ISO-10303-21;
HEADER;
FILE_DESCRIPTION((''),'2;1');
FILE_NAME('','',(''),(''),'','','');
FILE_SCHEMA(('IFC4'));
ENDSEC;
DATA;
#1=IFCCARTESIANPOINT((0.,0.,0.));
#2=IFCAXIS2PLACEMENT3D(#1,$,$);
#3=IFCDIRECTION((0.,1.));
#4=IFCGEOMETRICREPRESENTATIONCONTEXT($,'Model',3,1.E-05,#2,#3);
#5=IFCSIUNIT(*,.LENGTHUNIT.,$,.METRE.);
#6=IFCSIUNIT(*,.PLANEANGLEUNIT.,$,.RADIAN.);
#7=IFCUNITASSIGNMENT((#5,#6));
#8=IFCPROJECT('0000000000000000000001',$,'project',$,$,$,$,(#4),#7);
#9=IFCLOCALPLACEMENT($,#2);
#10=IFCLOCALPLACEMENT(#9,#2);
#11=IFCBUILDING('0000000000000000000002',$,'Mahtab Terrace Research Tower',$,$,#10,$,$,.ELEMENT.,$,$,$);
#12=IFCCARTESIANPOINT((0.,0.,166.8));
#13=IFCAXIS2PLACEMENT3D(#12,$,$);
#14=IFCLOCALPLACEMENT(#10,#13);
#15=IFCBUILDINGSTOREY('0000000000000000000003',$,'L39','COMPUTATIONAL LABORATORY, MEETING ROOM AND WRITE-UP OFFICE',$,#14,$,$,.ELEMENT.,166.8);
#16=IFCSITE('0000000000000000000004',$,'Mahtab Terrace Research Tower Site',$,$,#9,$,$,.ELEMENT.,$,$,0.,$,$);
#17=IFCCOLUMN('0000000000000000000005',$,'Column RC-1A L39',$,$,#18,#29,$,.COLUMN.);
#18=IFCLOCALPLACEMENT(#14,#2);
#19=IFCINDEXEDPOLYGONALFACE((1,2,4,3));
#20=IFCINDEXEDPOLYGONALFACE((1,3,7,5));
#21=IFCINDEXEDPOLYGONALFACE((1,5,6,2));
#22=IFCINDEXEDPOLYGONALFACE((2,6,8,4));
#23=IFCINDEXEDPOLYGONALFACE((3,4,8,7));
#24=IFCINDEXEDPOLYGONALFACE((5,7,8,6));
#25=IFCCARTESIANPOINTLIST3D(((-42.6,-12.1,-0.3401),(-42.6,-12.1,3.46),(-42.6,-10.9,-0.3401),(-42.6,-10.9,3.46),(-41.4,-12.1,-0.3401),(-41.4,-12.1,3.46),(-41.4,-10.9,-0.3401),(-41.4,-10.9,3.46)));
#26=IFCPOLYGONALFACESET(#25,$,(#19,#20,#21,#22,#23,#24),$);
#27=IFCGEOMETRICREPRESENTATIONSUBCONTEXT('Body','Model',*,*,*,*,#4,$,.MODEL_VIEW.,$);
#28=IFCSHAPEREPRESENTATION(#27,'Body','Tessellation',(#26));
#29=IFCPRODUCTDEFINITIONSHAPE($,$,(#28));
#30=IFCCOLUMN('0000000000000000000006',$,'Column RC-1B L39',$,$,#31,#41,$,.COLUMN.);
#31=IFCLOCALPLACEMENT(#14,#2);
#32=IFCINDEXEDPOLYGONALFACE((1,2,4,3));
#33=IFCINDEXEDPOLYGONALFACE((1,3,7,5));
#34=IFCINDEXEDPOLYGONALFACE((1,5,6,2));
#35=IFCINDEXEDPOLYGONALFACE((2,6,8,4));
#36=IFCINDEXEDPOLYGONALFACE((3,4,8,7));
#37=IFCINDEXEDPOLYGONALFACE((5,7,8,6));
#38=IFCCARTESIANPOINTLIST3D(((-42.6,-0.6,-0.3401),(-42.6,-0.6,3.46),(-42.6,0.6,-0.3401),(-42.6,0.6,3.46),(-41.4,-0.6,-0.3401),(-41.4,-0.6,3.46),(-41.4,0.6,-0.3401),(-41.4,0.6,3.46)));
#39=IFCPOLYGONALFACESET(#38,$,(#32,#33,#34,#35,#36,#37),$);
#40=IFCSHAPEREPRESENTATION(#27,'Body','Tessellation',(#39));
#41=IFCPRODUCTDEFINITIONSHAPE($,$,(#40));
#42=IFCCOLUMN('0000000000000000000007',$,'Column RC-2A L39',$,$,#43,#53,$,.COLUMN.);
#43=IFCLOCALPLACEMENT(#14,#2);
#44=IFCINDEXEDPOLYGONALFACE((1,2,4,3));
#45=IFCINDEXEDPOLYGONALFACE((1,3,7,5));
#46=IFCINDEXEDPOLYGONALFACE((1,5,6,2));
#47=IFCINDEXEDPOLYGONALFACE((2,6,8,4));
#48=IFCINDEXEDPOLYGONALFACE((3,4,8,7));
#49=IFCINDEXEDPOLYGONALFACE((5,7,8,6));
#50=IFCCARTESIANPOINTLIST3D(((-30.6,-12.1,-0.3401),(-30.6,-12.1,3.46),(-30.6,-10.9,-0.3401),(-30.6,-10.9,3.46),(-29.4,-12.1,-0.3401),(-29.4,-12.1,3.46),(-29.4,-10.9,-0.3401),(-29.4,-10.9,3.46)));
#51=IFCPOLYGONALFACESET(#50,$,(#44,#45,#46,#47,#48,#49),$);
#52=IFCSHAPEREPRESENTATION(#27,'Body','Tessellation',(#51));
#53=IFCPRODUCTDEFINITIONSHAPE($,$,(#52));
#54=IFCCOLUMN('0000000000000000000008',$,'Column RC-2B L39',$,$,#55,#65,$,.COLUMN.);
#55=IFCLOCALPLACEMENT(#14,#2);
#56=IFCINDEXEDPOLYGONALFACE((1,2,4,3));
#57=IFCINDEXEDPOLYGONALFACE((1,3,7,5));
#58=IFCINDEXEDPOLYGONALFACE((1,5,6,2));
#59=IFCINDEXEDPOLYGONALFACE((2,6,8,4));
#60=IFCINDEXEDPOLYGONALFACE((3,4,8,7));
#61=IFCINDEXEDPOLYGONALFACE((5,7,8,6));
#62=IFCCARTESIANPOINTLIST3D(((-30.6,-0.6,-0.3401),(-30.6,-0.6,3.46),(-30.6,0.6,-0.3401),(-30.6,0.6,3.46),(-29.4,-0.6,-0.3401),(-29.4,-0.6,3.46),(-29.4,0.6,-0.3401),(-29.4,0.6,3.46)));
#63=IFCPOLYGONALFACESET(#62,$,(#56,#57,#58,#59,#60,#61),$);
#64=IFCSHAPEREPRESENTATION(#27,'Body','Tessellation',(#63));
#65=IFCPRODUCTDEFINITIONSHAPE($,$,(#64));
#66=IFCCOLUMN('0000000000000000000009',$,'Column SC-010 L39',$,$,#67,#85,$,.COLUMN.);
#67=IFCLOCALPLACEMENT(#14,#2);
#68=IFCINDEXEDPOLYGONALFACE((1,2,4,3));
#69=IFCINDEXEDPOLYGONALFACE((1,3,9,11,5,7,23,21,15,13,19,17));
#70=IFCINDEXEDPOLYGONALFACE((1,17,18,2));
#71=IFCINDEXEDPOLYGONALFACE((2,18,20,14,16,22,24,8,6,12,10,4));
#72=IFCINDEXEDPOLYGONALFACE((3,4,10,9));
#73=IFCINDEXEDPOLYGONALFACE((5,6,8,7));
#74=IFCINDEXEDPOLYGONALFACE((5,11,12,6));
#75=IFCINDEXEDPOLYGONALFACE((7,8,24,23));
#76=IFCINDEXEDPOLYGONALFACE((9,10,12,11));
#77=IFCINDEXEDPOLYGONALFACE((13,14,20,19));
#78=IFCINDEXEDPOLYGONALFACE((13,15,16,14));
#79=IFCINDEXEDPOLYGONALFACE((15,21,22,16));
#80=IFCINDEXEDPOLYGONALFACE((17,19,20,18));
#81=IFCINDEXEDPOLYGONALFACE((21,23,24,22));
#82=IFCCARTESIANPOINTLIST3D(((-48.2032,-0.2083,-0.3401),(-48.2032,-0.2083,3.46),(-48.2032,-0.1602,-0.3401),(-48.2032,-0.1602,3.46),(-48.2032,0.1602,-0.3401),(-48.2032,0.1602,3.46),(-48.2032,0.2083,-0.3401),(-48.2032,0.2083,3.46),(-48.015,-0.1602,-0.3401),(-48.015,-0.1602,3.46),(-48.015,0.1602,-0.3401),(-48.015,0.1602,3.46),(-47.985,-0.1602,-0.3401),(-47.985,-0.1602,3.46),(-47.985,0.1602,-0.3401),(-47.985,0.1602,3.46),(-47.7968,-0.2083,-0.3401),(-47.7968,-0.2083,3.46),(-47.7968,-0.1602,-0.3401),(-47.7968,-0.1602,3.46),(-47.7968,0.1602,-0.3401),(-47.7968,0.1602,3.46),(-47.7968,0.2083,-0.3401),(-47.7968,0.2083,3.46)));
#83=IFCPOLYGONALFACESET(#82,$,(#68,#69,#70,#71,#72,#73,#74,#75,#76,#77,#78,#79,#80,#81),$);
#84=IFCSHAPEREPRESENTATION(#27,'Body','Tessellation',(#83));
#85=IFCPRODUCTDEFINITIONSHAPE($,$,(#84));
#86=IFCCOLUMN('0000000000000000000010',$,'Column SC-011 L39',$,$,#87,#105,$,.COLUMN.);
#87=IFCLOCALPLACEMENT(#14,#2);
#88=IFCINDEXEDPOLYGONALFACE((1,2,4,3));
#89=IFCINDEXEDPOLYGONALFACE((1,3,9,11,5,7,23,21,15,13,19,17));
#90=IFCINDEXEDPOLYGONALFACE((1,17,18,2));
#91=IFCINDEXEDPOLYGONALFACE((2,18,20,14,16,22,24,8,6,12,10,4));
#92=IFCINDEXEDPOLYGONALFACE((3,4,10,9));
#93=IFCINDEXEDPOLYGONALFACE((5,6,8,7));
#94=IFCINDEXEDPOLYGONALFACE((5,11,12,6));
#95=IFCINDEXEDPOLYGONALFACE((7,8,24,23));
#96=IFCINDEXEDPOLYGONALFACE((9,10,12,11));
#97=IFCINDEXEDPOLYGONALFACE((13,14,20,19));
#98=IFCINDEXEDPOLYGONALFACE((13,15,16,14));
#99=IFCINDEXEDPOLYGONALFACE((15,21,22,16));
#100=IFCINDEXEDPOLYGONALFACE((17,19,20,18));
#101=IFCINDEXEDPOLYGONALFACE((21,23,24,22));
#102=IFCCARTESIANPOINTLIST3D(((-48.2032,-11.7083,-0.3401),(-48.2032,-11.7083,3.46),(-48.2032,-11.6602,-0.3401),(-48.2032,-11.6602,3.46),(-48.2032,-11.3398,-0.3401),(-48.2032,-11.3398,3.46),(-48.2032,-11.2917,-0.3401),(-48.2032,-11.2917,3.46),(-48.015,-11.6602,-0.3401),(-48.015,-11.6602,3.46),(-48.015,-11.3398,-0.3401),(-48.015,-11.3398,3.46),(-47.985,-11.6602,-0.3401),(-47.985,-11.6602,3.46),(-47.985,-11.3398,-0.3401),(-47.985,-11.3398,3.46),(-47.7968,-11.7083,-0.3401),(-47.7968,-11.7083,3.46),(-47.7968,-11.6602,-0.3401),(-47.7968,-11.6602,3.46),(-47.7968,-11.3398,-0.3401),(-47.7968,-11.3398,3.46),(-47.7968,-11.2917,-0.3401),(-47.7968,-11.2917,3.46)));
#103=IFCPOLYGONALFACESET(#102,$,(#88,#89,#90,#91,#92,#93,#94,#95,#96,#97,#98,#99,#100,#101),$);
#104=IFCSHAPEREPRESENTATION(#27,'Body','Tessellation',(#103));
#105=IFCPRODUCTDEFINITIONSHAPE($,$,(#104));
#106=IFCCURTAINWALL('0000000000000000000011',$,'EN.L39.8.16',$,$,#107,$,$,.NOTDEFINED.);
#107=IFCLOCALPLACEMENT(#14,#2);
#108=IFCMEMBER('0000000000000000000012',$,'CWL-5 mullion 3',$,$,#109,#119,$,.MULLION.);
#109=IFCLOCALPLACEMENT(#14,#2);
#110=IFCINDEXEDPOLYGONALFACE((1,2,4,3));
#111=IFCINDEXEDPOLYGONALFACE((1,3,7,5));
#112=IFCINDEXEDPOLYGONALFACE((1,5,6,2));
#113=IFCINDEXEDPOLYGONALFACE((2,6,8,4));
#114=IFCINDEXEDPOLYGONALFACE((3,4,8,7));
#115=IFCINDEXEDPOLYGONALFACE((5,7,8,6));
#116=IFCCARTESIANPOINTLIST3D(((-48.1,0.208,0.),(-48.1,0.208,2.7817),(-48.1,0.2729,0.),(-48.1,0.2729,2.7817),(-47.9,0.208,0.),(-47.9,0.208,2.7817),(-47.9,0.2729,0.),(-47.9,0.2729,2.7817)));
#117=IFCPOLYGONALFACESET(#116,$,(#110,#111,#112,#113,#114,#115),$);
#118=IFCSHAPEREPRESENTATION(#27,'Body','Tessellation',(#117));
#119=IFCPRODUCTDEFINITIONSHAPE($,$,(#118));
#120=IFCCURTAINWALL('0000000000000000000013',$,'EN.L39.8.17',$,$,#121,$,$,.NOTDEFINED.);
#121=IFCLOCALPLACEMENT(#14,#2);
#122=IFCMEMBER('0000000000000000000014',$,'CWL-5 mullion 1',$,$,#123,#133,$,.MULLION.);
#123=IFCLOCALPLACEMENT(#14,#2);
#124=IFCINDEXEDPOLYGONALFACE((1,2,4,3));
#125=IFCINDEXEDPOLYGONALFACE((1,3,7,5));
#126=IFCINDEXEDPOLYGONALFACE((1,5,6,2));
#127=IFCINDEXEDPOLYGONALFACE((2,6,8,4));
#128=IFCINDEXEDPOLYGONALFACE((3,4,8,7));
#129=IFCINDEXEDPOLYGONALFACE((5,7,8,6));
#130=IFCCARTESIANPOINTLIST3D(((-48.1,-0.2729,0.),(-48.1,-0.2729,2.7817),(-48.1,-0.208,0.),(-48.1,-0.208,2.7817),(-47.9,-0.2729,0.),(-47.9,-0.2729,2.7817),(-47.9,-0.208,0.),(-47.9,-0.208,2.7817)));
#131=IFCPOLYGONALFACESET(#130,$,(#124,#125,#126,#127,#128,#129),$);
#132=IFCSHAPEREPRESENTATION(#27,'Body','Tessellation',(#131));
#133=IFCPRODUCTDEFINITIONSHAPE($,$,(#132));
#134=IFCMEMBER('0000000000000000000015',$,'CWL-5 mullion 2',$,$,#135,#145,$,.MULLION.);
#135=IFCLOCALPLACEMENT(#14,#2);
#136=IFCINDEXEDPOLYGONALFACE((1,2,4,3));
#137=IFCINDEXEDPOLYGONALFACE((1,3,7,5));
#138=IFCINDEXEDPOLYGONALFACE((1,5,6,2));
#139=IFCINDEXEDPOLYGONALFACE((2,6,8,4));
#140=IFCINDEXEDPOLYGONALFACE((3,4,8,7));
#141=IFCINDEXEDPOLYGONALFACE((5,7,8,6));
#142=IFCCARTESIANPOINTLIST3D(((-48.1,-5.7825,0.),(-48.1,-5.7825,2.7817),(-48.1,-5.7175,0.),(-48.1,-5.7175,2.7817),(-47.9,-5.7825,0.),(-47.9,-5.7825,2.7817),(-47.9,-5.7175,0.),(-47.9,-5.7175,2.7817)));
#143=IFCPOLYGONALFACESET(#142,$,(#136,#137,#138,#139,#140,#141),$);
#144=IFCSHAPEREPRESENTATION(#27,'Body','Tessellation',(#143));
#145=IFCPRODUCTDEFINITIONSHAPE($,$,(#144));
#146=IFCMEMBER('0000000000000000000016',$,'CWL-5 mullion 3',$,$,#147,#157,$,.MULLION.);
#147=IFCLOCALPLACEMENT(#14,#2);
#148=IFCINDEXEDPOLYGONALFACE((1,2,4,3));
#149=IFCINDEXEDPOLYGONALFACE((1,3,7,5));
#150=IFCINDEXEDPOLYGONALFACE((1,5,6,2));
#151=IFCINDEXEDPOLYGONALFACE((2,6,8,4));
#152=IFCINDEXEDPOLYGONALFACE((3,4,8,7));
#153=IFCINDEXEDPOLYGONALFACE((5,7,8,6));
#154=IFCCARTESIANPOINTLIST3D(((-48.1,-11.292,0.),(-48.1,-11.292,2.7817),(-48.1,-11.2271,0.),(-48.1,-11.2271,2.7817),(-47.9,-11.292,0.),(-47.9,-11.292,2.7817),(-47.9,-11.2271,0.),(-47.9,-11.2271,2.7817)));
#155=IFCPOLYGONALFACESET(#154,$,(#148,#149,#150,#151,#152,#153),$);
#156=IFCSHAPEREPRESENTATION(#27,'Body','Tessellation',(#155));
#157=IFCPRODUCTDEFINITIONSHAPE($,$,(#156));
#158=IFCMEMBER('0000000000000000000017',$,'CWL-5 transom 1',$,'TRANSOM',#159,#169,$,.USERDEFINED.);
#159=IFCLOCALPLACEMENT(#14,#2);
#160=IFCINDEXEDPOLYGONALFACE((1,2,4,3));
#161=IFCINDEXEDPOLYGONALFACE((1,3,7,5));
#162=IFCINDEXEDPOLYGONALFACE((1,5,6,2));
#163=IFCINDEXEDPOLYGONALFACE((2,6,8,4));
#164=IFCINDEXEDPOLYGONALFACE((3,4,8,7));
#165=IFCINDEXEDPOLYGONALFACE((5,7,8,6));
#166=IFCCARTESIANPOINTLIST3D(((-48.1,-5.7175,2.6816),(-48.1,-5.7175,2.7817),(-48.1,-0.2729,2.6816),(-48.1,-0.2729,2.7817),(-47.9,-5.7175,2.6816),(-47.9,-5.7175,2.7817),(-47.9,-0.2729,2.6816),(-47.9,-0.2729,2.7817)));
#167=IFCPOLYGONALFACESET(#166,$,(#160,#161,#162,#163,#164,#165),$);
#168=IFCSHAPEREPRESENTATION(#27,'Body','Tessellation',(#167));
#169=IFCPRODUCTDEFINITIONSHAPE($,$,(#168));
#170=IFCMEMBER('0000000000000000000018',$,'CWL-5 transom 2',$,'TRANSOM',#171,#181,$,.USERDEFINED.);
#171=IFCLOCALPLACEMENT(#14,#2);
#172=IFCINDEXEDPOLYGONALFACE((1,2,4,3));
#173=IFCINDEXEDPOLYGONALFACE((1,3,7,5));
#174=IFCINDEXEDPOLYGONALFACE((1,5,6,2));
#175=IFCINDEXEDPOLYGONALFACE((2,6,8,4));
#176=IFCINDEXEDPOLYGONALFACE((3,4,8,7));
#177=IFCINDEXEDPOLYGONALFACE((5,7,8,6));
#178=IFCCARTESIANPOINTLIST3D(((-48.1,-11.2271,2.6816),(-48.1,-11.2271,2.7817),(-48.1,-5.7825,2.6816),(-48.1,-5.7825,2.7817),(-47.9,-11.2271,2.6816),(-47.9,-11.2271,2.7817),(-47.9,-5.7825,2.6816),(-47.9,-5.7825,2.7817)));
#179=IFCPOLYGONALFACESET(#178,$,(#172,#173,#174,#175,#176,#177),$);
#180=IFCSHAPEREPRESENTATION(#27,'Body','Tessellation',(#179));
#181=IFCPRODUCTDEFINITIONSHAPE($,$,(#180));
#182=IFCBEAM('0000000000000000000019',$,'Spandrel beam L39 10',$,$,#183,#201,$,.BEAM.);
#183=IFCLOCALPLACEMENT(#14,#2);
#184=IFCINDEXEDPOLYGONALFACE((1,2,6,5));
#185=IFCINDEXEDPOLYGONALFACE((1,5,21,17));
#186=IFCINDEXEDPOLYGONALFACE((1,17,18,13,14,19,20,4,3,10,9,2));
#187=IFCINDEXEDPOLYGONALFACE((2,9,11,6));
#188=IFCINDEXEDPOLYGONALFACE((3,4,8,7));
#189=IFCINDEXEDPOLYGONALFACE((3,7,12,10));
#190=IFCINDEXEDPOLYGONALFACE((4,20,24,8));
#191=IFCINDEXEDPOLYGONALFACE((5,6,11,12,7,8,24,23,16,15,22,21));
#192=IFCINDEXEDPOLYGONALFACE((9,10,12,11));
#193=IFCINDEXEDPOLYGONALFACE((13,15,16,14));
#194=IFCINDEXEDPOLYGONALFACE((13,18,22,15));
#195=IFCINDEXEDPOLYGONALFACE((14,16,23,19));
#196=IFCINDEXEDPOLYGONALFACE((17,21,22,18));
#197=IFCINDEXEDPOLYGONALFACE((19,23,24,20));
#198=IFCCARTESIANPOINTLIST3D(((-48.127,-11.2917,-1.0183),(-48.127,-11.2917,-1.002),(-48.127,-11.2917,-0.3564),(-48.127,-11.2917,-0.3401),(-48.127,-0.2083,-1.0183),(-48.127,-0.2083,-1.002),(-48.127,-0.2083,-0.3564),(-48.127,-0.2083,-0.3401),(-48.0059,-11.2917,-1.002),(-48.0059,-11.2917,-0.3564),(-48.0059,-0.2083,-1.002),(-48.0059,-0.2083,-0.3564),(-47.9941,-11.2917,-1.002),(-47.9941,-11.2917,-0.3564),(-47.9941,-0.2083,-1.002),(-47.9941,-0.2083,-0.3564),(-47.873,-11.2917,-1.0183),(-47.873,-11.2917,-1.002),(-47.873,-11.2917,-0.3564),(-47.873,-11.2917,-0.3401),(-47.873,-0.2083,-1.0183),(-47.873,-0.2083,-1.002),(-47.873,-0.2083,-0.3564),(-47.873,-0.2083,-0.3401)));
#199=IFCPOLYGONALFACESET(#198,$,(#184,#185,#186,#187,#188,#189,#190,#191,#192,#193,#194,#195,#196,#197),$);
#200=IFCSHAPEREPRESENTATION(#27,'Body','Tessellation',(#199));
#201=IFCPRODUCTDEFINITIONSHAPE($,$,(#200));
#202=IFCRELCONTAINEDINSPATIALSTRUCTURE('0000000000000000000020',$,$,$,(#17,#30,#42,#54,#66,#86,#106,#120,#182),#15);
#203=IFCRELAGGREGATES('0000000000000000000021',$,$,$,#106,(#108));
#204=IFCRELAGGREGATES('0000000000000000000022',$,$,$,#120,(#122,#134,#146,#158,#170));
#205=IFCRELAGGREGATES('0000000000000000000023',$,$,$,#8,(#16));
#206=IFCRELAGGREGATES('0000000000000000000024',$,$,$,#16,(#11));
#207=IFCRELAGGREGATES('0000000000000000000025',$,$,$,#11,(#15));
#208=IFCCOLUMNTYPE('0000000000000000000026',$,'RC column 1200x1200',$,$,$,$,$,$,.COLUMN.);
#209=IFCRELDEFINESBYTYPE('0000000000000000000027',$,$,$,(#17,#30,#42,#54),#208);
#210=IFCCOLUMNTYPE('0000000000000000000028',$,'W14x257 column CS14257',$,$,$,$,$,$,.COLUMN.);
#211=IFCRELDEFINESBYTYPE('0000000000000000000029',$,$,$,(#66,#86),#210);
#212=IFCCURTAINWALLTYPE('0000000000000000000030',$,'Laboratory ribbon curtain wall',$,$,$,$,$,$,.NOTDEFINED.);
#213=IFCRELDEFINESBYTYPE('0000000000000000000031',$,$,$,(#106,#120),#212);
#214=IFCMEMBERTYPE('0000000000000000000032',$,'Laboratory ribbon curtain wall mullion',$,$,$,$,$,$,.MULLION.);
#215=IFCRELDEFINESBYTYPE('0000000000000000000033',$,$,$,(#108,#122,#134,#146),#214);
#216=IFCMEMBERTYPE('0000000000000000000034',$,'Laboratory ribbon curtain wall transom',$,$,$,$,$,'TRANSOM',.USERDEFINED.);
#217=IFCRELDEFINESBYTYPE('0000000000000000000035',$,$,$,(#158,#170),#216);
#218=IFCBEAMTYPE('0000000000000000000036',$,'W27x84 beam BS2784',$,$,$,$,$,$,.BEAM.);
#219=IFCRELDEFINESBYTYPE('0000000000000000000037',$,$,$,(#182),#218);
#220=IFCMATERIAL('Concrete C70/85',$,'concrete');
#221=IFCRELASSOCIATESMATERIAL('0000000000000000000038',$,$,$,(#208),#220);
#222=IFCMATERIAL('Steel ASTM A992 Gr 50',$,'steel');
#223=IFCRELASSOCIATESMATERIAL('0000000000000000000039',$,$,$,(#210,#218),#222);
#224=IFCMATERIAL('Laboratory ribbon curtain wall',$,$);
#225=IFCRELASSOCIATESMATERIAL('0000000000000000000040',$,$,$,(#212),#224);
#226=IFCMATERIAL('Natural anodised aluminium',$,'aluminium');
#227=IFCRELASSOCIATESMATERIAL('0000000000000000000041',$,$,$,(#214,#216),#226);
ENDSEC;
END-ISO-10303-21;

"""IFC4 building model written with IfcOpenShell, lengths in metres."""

from ifc_helpers import new_model, si_unit, direction, frame, origin, origin_2d, place, context, subcontext, project, spatial, rectangle, i_section, extrude, material, material_profile, profile_set, type_object, element, aggregate, save


model = new_model("IFC4")

# Units and contexts
model_context = context("Model", 3, precision=1e-05, world=origin(), true_north=direction((0.0, 1.0)))
body_context = subcontext(model_context, "Body", "Model", "MODEL_VIEW")
ifc_project = project(units=[si_unit("LENGTHUNIT", "METRE"), si_unit("PLANEANGLEUNIT", "RADIAN")], contexts=[model_context])

# Site, building, storey
site_placement = place(None, origin())
site = spatial("IfcSite", under=ifc_project, at=site_placement, Name="Mahtab Terrace Research Tower Site", CompositionType="ELEMENT", RefElevation=0.0)
building_placement = place(site_placement, origin())
building = spatial("IfcBuilding", under=site, at=building_placement, Name="Mahtab Terrace Research Tower", CompositionType="ELEMENT")
storey_placement = place(building_placement, frame((0.0, 0.0, 166.8)))
storey = spatial("IfcBuildingStorey", under=building, at=storey_placement, Name="L39", Description="COMPUTATIONAL LABORATORY, MEETING ROOM AND WRITE-UP OFFICE", CompositionType="ELEMENT", Elevation=166.8)

# Columns
ifc_material_1 = material(Name="Concrete C70/85", Category="concrete")
ifc_material_profile_1 = material_profile(ifc_material_1, rectangle(XDim=1.2, YDim=1.2, at=origin_2d()), Name="RC column 1200x1200")
ifc_profile_set_1 = profile_set([ifc_material_profile_1], Name="Concrete C70/85")
column_type_1 = type_object("IfcColumnType", Name="RC column 1200x1200", PredefinedType="COLUMN", material=ifc_profile_set_1)
for number, where, z_axis, x_axis, name in (
    (1, (-42.0, -11.5, -0.3401), (0.0, 0.0, 1.0), (1.0, 0.0, 0.0), "Column RC-1A L39"),
    (2, (-42.0, 0.0, -0.3401), (0.0, 0.0, 1.0), (1.0, 0.0, 0.0), "Column RC-1B L39"),
    (3, (-30.0, -11.5, -0.3401), (0.0, 0.0, 1.0), (1.0, 0.0, 0.0), "Column RC-2A L39"),
    (4, (-30.0, 0.0, -0.3401), (0.0, 0.0, 1.0), (1.0, 0.0, 0.0), "Column RC-2B L39"),
):
    element("IfcColumn", number, at=place(storey_placement, frame(where, z_axis=z_axis, x_axis=x_axis)), inside=storey, type_object=column_type_1, Name=name, PredefinedType="COLUMN", context=body_context, shape_type="SweptSolid", body=[
        extrude(rectangle(XDim=1.2, YDim=1.2, at=origin_2d()), origin(), (0.0, 0.0, 1.0), 3.8),
    ])
ifc_material_2 = material(Name="Steel ASTM A992 Gr 50", Category="steel")
ifc_material_profile_2 = material_profile(ifc_material_2, i_section(OverallWidth=0.4065, OverallDepth=0.4165, WebThickness=0.03, FlangeThickness=0.0481, at=origin_2d()), Name="W14X257")
ifc_profile_set_2 = profile_set([ifc_material_profile_2], Name="Steel ASTM A992 Gr 50")
column_type_2 = type_object("IfcColumnType", Name="W14x257 column CS14257", PredefinedType="COLUMN", material=ifc_profile_set_2)
for number, where, z_axis, x_axis, name in (
    (5, (-48.0, 0.0, -0.3401), (0.0, 0.0, 1.0), (1.0, 0.0, 0.0), "Column SC-010 L39"),
    (6, (-48.0, -11.5, -0.3401), (0.0, 0.0, 1.0), (1.0, 0.0, 0.0), "Column SC-011 L39"),
):
    element("IfcColumn", number, at=place(storey_placement, frame(where, z_axis=z_axis, x_axis=x_axis)), inside=storey, type_object=column_type_2, Name=name, PredefinedType="COLUMN", context=body_context, shape_type="SweptSolid", body=[
        extrude(i_section(OverallWidth=0.4065, OverallDepth=0.4165, WebThickness=0.03, FlangeThickness=0.0481, at=origin_2d()), origin(), (0.0, 0.0, 1.0), 3.8),
    ])

# Curtain wall, member
ifc_material_3 = material(Name="Laboratory ribbon curtain wall")
curtain_wall_type = type_object("IfcCurtainWallType", Name="Laboratory ribbon curtain wall", PredefinedType="NOTDEFINED", material=ifc_material_3)
curtain_wall_1_placement = place(storey_placement, origin())
curtain_wall_1 = element("IfcCurtainWall", 7, at=curtain_wall_1_placement, inside=storey, type_object=curtain_wall_type, Name="EN.L39.8.16", PredefinedType="NOTDEFINED")
ifc_material_4 = material(Name="Natural anodised aluminium", Category="aluminium")
ifc_material_profile_3 = material_profile(ifc_material_4, rectangle(XDim=0.2, YDim=0.0649, at=origin_2d()), Name="MULLION 65x200")
ifc_profile_set_3 = profile_set([ifc_material_profile_3], Name="Natural anodised aluminium")
member_type_1 = type_object("IfcMemberType", Name="Laboratory ribbon curtain wall mullion", PredefinedType="MULLION", material=ifc_profile_set_3)
member_1_placement = place(storey_placement, frame((-48.0, 0.2405, 0.0), z_axis=(0.0, 0.0, 1.0), x_axis=(1.0, 0.0, 0.0)))
member_1 = element("IfcMember", 8, at=member_1_placement, type_object=member_type_1, Name="CWL-5 mullion 3", PredefinedType="MULLION", context=body_context, shape_type="SweptSolid", body=[
    extrude(rectangle(XDim=0.2, YDim=0.0649, at=origin_2d()), origin(), (0.0, 0.0, 1.0), 2.7817),
])

# Curtain wall, members
curtain_wall_2_placement = place(storey_placement, origin())
curtain_wall_2 = element("IfcCurtainWall", 9, at=curtain_wall_2_placement, inside=storey, type_object=curtain_wall_type, Name="EN.L39.8.17", PredefinedType="NOTDEFINED")
member_2_placement = place(storey_placement, frame((-48.0, -0.2405, 0.0), z_axis=(0.0, 0.0, 1.0), x_axis=(1.0, 0.0, 0.0)))
member_2 = element("IfcMember", 10, at=member_2_placement, type_object=member_type_1, Name="CWL-5 mullion 1", PredefinedType="MULLION", context=body_context, shape_type="SweptSolid", body=[
    extrude(rectangle(XDim=0.2, YDim=0.0649, at=origin_2d()), origin(), (0.0, 0.0, 1.0), 2.7817),
])
member_3_placement = place(storey_placement, frame((-48.0, -5.75, 0.0), z_axis=(0.0, 0.0, 1.0), x_axis=(1.0, 0.0, 0.0)))
member_3 = element("IfcMember", 11, at=member_3_placement, type_object=member_type_1, Name="CWL-5 mullion 2", PredefinedType="MULLION", context=body_context, shape_type="SweptSolid", body=[
    extrude(rectangle(XDim=0.2, YDim=0.0649, at=origin_2d()), origin(), (0.0, 0.0, 1.0), 2.7817),
])
member_4_placement = place(storey_placement, frame((-48.0, -11.2595, 0.0), z_axis=(0.0, 0.0, 1.0), x_axis=(1.0, 0.0, 0.0)))
member_4 = element("IfcMember", 12, at=member_4_placement, type_object=member_type_1, Name="CWL-5 mullion 3", PredefinedType="MULLION", context=body_context, shape_type="SweptSolid", body=[
    extrude(rectangle(XDim=0.2, YDim=0.0649, at=origin_2d()), origin(), (0.0, 0.0, 1.0), 2.7817),
])
ifc_material_profile_4 = material_profile(ifc_material_4, rectangle(XDim=0.2, YDim=0.1001, at=origin_2d()), Name="TRANSOM 100x200")
ifc_profile_set_4 = profile_set([ifc_material_profile_4], Name="Natural anodised aluminium")
member_type_2 = type_object("IfcMemberType", Name="Laboratory ribbon curtain wall transom", ElementType="TRANSOM", PredefinedType="USERDEFINED", material=ifc_profile_set_4)
member_5_placement = place(storey_placement, frame((-48.0, -0.2729, 2.7317), z_axis=(0.0, -1.0, 0.0), x_axis=(1.0, 0.0, 0.0)))
member_5 = element("IfcMember", 13, at=member_5_placement, type_object=member_type_2, Name="CWL-5 transom 1", ObjectType="TRANSOM", PredefinedType="USERDEFINED", context=body_context, shape_type="SweptSolid", body=[
    extrude(rectangle(XDim=0.2, YDim=0.1001, at=origin_2d()), origin(), (0.0, 0.0, 1.0), 5.4446),
])
member_6_placement = place(storey_placement, frame((-48.0, -5.7825, 2.7317), z_axis=(0.0, -1.0, 0.0), x_axis=(1.0, 0.0, 0.0)))
member_6 = element("IfcMember", 14, at=member_6_placement, type_object=member_type_2, Name="CWL-5 transom 2", ObjectType="TRANSOM", PredefinedType="USERDEFINED", context=body_context, shape_type="SweptSolid", body=[
    extrude(rectangle(XDim=0.2, YDim=0.1001, at=origin_2d()), origin(), (0.0, 0.0, 1.0), 5.4446),
])

# Beam
ifc_material_profile_5 = material_profile(ifc_material_2, i_section(OverallWidth=0.2539, OverallDepth=0.6782, WebThickness=0.0117, FlangeThickness=0.0164, at=origin_2d()), Name="W27X84")
ifc_profile_set_5 = profile_set([ifc_material_profile_5], Name="Steel ASTM A992 Gr 50")
beam_type = type_object("IfcBeamType", Name="W27x84 beam BS2784", PredefinedType="BEAM", material=ifc_profile_set_5)
beam_placement = place(storey_placement, frame((-48.0, -0.2083, -0.6792), z_axis=(0.0, -1.0, 0.0), x_axis=(1.0, 0.0, 0.0)))
element("IfcBeam", 15, at=beam_placement, inside=storey, type_object=beam_type, Name="Spandrel beam L39 10", PredefinedType="BEAM", context=body_context, shape_type="SweptSolid", body=[
    extrude(i_section(OverallWidth=0.2539, OverallDepth=0.6782, WebThickness=0.0117, FlangeThickness=0.0164, at=origin_2d()), origin(), (0.0, 0.0, 1.0), 11.0835),
])

aggregate(curtain_wall_1, [member_1])
aggregate(curtain_wall_2, [member_2, member_3, member_4, member_5, member_6])

save(model, "model.ifc")
